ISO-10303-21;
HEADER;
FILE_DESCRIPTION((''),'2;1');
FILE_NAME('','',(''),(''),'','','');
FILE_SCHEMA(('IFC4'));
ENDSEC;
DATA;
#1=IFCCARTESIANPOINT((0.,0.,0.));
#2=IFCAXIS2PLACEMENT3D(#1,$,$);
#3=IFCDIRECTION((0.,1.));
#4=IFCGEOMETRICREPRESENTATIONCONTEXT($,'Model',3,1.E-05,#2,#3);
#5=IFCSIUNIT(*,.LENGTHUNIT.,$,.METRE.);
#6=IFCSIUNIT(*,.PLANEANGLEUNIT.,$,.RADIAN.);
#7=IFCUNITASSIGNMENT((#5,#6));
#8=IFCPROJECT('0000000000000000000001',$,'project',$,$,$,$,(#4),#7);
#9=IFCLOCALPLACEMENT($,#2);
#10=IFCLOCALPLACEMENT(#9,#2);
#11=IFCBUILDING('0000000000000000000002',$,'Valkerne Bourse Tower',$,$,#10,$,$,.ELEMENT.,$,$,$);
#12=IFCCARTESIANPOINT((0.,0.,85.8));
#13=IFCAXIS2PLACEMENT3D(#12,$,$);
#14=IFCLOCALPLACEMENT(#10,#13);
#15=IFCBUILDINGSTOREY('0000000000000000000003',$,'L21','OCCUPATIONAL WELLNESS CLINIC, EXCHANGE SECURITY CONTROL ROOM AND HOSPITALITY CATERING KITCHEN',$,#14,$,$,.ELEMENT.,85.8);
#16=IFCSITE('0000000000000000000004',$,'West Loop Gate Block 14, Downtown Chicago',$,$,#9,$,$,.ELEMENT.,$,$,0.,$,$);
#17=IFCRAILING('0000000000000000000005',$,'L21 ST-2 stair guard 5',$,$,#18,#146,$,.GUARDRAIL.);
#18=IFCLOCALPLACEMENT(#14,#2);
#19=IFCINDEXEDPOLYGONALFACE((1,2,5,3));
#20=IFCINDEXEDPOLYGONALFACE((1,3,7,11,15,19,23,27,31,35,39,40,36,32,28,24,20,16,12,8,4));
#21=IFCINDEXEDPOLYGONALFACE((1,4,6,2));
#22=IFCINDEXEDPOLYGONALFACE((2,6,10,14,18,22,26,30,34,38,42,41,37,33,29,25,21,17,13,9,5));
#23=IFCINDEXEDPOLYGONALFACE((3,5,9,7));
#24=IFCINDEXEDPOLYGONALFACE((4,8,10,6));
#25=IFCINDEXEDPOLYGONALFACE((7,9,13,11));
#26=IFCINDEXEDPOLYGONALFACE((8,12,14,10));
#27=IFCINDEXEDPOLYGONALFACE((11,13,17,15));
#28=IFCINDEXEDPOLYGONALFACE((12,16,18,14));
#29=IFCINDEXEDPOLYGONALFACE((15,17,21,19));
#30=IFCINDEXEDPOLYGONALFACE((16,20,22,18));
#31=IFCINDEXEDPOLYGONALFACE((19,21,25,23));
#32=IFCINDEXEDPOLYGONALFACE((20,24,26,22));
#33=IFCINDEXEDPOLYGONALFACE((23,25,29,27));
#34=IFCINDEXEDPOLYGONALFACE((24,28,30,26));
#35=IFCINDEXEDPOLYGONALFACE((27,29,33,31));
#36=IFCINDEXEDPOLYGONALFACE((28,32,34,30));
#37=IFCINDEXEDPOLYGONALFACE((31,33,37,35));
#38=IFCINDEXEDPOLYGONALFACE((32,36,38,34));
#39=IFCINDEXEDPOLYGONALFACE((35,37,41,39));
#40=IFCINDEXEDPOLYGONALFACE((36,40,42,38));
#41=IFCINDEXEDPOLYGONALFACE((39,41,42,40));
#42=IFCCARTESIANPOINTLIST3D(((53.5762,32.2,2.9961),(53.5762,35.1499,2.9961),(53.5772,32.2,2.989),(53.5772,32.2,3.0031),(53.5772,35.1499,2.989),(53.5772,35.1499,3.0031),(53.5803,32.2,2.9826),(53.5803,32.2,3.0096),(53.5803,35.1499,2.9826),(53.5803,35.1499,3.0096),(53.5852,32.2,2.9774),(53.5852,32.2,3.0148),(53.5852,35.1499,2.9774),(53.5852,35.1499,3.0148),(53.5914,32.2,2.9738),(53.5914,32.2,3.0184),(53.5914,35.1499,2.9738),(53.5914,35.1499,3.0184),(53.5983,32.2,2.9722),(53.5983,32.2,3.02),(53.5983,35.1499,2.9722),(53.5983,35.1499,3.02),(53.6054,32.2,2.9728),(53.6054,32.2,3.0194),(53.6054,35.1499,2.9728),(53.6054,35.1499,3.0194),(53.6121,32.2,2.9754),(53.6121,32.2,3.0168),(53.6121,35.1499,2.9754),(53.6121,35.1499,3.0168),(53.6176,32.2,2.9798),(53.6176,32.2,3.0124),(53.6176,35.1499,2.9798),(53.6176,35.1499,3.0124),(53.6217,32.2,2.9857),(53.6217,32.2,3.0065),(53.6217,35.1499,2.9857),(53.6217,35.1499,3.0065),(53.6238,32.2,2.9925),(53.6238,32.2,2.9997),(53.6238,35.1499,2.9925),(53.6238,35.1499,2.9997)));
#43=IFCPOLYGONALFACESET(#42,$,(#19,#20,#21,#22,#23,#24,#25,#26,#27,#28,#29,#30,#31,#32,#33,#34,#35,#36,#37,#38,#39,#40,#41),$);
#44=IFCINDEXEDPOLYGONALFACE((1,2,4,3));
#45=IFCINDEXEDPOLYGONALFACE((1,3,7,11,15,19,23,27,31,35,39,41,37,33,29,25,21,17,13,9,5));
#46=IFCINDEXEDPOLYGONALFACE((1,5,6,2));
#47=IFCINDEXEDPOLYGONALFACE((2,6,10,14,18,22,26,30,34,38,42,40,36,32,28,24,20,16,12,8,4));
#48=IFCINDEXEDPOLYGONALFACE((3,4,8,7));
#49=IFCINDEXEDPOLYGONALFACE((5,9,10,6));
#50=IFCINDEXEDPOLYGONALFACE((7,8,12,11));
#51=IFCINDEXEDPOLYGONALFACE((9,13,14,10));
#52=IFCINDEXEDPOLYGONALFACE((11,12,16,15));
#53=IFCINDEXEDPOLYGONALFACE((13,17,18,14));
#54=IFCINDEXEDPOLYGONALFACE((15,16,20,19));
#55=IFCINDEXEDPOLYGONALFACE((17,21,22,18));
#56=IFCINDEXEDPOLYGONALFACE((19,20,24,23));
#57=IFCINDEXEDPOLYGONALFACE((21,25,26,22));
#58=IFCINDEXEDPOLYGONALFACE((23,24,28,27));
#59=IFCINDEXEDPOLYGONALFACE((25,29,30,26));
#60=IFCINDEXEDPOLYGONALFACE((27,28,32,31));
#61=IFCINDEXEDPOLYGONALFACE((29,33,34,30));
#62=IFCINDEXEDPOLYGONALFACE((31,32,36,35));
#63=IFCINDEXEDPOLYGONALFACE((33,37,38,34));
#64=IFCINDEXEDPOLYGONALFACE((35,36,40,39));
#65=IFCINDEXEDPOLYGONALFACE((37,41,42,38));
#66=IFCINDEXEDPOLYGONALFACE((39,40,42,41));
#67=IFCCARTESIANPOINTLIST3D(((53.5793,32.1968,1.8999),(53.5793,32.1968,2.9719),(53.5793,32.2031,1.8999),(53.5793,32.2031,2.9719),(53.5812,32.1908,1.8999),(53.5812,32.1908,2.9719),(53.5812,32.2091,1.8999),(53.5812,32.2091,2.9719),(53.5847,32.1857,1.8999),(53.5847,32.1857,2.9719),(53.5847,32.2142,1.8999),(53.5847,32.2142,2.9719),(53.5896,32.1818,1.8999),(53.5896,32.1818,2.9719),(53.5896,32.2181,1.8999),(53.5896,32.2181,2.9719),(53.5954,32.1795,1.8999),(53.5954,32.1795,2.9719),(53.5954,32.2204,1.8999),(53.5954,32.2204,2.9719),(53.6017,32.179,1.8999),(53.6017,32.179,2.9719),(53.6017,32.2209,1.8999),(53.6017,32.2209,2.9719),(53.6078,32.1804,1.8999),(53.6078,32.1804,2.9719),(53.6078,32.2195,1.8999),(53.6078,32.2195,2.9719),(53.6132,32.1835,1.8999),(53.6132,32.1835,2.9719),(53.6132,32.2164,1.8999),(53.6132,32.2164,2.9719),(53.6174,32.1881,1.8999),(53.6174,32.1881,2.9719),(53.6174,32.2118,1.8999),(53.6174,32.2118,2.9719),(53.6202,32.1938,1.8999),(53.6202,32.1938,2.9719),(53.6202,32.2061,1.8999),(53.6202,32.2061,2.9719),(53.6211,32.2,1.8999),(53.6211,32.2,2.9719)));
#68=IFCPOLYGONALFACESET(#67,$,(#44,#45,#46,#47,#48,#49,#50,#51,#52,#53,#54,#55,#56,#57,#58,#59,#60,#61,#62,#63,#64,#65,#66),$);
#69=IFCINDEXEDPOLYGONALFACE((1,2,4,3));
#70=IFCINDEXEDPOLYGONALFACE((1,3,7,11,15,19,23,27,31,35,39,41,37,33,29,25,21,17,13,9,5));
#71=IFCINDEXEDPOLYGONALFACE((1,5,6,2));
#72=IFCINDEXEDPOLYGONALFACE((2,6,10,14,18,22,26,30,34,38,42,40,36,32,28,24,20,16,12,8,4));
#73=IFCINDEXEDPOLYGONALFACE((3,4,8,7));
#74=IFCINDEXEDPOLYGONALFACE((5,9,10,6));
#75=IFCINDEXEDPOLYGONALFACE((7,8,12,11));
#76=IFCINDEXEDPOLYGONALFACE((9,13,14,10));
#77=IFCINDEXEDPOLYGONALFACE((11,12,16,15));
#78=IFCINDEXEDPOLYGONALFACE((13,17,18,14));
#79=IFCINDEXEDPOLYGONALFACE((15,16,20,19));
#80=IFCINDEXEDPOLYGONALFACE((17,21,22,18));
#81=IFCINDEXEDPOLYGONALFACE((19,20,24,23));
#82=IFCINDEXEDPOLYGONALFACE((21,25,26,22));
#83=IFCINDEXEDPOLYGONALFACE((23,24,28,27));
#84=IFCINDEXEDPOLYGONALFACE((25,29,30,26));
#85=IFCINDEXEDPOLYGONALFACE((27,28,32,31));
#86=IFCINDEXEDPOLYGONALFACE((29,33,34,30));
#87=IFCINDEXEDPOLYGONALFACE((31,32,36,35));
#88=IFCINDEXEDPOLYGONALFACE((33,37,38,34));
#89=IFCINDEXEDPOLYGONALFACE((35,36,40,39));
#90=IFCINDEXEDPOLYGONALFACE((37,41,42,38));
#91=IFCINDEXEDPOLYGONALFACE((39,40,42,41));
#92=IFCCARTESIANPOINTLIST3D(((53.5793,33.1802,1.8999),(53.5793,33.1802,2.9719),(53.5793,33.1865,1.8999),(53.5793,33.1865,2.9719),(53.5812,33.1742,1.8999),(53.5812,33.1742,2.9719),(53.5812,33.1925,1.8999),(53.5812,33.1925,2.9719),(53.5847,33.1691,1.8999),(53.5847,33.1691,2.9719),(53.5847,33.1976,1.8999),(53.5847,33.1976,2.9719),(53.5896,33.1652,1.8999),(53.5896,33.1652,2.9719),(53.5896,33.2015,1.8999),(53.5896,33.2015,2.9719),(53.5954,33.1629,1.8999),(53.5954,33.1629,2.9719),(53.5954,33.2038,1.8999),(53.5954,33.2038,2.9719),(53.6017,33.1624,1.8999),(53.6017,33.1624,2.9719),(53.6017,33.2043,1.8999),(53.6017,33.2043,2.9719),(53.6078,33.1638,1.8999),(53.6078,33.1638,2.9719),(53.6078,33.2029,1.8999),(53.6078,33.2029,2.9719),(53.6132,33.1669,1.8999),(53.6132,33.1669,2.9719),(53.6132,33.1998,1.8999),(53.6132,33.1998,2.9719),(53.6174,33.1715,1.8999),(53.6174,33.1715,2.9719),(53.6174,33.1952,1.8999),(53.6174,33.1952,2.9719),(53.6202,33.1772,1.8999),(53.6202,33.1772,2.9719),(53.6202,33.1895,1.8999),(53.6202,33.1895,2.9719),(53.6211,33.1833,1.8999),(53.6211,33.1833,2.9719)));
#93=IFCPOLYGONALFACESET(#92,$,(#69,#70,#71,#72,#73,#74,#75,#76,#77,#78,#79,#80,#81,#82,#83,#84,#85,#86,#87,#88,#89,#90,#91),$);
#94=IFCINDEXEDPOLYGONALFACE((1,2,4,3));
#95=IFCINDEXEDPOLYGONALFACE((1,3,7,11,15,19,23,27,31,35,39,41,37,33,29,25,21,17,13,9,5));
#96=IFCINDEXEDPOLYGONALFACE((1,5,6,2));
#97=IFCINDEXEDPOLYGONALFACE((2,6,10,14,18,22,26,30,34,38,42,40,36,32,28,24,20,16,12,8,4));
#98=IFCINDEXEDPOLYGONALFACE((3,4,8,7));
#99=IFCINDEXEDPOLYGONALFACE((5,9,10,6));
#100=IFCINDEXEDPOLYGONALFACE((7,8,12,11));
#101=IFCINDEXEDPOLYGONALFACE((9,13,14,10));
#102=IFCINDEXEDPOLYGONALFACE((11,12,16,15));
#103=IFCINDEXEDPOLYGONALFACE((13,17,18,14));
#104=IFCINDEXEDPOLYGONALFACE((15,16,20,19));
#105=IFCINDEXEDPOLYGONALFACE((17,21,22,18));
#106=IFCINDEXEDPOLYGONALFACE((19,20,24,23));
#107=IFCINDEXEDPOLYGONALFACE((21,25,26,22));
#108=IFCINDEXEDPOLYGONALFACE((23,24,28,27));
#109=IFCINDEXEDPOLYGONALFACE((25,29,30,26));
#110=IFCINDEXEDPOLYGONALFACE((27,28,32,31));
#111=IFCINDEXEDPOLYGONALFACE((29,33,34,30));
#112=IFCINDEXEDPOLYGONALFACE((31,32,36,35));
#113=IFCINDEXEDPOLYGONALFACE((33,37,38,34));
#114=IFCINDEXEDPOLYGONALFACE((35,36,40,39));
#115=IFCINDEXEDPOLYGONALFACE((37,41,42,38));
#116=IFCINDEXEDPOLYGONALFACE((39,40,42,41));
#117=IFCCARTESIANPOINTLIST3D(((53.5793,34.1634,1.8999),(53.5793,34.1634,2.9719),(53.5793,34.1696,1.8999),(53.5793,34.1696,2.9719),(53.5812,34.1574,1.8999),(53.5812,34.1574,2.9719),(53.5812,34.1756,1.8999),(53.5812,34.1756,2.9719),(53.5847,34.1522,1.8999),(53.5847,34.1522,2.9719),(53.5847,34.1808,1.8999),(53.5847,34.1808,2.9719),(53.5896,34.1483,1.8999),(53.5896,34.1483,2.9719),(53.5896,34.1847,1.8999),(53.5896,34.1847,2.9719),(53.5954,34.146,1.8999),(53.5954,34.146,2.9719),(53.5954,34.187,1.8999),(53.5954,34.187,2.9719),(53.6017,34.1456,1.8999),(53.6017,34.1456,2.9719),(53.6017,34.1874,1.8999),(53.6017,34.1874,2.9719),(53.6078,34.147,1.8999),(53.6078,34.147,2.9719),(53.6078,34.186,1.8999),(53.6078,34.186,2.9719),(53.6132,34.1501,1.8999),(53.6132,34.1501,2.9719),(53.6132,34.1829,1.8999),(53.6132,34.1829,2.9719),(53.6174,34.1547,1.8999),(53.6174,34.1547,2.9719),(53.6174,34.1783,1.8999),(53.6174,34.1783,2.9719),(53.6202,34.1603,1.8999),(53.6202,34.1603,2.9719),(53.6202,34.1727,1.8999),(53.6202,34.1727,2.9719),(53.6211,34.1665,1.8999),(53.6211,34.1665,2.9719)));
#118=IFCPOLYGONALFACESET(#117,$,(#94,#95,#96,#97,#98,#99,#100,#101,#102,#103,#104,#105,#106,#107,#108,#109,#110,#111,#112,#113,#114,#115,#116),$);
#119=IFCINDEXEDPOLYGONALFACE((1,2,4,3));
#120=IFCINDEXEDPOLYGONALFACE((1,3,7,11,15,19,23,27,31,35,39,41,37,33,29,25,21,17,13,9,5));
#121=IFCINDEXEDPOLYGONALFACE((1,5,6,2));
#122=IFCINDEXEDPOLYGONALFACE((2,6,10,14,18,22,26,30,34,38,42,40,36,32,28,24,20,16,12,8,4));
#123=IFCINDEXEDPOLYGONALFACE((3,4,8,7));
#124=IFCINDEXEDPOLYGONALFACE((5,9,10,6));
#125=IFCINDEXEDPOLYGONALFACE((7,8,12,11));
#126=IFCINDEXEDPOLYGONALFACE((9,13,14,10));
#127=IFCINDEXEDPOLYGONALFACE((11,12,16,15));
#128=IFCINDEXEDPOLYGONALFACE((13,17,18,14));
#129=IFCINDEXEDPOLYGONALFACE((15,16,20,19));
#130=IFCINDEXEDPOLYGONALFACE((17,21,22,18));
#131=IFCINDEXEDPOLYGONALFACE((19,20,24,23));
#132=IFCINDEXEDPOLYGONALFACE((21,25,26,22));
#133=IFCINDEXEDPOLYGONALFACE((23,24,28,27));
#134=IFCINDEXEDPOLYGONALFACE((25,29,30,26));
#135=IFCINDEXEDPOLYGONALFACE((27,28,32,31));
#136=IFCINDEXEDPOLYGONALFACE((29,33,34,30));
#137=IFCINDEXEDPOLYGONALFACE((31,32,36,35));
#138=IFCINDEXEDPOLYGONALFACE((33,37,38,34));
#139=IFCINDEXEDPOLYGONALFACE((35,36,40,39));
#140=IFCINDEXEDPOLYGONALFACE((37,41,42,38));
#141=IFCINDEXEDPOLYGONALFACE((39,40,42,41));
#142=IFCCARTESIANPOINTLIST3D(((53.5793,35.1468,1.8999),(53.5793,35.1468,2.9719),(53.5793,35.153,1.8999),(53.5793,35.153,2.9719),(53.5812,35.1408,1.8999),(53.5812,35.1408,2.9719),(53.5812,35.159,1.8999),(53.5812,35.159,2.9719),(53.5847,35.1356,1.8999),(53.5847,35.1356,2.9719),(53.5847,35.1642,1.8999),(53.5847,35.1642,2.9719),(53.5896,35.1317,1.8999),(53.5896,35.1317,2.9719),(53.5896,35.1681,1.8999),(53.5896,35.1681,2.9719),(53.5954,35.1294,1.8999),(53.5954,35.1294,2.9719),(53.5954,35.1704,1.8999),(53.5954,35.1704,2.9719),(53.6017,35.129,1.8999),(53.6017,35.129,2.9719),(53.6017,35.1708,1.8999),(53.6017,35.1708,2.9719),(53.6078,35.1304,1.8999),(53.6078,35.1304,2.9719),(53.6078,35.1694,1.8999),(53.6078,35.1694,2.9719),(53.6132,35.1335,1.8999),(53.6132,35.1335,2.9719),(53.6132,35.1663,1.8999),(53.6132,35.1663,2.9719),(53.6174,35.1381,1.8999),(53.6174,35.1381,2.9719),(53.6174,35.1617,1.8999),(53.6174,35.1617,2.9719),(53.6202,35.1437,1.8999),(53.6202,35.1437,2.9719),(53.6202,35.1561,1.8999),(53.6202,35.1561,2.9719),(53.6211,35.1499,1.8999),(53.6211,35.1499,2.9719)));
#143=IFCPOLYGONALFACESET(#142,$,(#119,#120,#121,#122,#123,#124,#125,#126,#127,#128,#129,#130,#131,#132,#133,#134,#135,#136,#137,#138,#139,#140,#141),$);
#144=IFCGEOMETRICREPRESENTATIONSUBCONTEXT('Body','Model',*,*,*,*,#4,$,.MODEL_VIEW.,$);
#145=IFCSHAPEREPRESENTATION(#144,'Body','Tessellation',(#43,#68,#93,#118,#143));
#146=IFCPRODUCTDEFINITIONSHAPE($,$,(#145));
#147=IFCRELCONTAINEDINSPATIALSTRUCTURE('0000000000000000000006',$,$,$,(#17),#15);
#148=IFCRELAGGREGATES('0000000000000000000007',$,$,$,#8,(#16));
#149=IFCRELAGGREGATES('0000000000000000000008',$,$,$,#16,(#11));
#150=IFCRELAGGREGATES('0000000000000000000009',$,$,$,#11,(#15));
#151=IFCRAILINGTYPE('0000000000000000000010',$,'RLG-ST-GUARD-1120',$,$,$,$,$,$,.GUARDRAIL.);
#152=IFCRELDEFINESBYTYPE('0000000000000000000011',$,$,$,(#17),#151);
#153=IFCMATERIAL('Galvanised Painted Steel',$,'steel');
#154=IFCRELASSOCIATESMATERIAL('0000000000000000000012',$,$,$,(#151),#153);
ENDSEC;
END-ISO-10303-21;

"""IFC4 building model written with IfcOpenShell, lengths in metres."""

from ifc_helpers import new_model, si_unit, direction, frame, origin, origin_2d, place, context, subcontext, project, spatial, circle, extrude, material, type_object, element, save


model = new_model("IFC4")

# Units and contexts
model_context = context("Model", 3, precision=1e-05, world=origin(), true_north=direction((0.0, 1.0)))
body_context = subcontext(model_context, "Body", "Model", "MODEL_VIEW")
ifc_project = project(units=[si_unit("LENGTHUNIT", "METRE"), si_unit("PLANEANGLEUNIT", "RADIAN")], contexts=[model_context])

# Site, building, storey
site_placement = place(None, origin())
site = spatial("IfcSite", under=ifc_project, at=site_placement, Name="West Loop Gate Block 14, Downtown Chicago", CompositionType="ELEMENT", RefElevation=0.0)
building_placement = place(site_placement, origin())
building = spatial("IfcBuilding", under=site, at=building_placement, Name="Valkerne Bourse Tower", CompositionType="ELEMENT")
storey_placement = place(building_placement, frame((0.0, 0.0, 85.8)))
storey = spatial("IfcBuildingStorey", under=building, at=storey_placement, Name="L21", Description="OCCUPATIONAL WELLNESS CLINIC, EXCHANGE SECURITY CONTROL ROOM AND HOSPITALITY CATERING KITCHEN", CompositionType="ELEMENT", Elevation=85.8)

# Railing
ifc_material_1 = material(Name="Galvanised Painted Steel", Category="steel")
railing_type_1 = type_object("IfcRailingType", Name="RLG-ST-GUARD-1120", PredefinedType="GUARDRAIL", material=ifc_material_1)
railing_1_placement = place(storey_placement, frame((53.6001, 32.2, 1.8999)))
element("IfcRailing", 1, at=railing_1_placement, inside=storey, type_object=railing_type_1, Name="L21 ST-2 stair guard 5", PredefinedType="GUARDRAIL", context=body_context, shape_type="SweptSolid", body=[
    extrude(circle(Radius=0.0239, at=origin_2d()), frame((0.0, 0.0, 1.0962), z_axis=(0.0, 1.0, 0.0), x_axis=(-1.0, 0.0, 0.0)), (0.0, 0.0, 1.0), 2.95),
    extrude(circle(Radius=0.021, at=origin_2d()), origin(), (0.0, 0.0, 1.0), 1.072),
    extrude(circle(Radius=0.021, at=origin_2d()), frame((0.0, 0.9834, 0.0)), (0.0, 0.0, 1.0), 1.072),
    extrude(circle(Radius=0.021, at=origin_2d()), frame((0.0, 1.9666, 0.0)), (0.0, 0.0, 1.0), 1.072),
    extrude(circle(Radius=0.021, at=origin_2d()), frame((0.0, 2.95, 0.0)), (0.0, 0.0, 1.0), 1.072),
])

save(model, "model.ifc")
